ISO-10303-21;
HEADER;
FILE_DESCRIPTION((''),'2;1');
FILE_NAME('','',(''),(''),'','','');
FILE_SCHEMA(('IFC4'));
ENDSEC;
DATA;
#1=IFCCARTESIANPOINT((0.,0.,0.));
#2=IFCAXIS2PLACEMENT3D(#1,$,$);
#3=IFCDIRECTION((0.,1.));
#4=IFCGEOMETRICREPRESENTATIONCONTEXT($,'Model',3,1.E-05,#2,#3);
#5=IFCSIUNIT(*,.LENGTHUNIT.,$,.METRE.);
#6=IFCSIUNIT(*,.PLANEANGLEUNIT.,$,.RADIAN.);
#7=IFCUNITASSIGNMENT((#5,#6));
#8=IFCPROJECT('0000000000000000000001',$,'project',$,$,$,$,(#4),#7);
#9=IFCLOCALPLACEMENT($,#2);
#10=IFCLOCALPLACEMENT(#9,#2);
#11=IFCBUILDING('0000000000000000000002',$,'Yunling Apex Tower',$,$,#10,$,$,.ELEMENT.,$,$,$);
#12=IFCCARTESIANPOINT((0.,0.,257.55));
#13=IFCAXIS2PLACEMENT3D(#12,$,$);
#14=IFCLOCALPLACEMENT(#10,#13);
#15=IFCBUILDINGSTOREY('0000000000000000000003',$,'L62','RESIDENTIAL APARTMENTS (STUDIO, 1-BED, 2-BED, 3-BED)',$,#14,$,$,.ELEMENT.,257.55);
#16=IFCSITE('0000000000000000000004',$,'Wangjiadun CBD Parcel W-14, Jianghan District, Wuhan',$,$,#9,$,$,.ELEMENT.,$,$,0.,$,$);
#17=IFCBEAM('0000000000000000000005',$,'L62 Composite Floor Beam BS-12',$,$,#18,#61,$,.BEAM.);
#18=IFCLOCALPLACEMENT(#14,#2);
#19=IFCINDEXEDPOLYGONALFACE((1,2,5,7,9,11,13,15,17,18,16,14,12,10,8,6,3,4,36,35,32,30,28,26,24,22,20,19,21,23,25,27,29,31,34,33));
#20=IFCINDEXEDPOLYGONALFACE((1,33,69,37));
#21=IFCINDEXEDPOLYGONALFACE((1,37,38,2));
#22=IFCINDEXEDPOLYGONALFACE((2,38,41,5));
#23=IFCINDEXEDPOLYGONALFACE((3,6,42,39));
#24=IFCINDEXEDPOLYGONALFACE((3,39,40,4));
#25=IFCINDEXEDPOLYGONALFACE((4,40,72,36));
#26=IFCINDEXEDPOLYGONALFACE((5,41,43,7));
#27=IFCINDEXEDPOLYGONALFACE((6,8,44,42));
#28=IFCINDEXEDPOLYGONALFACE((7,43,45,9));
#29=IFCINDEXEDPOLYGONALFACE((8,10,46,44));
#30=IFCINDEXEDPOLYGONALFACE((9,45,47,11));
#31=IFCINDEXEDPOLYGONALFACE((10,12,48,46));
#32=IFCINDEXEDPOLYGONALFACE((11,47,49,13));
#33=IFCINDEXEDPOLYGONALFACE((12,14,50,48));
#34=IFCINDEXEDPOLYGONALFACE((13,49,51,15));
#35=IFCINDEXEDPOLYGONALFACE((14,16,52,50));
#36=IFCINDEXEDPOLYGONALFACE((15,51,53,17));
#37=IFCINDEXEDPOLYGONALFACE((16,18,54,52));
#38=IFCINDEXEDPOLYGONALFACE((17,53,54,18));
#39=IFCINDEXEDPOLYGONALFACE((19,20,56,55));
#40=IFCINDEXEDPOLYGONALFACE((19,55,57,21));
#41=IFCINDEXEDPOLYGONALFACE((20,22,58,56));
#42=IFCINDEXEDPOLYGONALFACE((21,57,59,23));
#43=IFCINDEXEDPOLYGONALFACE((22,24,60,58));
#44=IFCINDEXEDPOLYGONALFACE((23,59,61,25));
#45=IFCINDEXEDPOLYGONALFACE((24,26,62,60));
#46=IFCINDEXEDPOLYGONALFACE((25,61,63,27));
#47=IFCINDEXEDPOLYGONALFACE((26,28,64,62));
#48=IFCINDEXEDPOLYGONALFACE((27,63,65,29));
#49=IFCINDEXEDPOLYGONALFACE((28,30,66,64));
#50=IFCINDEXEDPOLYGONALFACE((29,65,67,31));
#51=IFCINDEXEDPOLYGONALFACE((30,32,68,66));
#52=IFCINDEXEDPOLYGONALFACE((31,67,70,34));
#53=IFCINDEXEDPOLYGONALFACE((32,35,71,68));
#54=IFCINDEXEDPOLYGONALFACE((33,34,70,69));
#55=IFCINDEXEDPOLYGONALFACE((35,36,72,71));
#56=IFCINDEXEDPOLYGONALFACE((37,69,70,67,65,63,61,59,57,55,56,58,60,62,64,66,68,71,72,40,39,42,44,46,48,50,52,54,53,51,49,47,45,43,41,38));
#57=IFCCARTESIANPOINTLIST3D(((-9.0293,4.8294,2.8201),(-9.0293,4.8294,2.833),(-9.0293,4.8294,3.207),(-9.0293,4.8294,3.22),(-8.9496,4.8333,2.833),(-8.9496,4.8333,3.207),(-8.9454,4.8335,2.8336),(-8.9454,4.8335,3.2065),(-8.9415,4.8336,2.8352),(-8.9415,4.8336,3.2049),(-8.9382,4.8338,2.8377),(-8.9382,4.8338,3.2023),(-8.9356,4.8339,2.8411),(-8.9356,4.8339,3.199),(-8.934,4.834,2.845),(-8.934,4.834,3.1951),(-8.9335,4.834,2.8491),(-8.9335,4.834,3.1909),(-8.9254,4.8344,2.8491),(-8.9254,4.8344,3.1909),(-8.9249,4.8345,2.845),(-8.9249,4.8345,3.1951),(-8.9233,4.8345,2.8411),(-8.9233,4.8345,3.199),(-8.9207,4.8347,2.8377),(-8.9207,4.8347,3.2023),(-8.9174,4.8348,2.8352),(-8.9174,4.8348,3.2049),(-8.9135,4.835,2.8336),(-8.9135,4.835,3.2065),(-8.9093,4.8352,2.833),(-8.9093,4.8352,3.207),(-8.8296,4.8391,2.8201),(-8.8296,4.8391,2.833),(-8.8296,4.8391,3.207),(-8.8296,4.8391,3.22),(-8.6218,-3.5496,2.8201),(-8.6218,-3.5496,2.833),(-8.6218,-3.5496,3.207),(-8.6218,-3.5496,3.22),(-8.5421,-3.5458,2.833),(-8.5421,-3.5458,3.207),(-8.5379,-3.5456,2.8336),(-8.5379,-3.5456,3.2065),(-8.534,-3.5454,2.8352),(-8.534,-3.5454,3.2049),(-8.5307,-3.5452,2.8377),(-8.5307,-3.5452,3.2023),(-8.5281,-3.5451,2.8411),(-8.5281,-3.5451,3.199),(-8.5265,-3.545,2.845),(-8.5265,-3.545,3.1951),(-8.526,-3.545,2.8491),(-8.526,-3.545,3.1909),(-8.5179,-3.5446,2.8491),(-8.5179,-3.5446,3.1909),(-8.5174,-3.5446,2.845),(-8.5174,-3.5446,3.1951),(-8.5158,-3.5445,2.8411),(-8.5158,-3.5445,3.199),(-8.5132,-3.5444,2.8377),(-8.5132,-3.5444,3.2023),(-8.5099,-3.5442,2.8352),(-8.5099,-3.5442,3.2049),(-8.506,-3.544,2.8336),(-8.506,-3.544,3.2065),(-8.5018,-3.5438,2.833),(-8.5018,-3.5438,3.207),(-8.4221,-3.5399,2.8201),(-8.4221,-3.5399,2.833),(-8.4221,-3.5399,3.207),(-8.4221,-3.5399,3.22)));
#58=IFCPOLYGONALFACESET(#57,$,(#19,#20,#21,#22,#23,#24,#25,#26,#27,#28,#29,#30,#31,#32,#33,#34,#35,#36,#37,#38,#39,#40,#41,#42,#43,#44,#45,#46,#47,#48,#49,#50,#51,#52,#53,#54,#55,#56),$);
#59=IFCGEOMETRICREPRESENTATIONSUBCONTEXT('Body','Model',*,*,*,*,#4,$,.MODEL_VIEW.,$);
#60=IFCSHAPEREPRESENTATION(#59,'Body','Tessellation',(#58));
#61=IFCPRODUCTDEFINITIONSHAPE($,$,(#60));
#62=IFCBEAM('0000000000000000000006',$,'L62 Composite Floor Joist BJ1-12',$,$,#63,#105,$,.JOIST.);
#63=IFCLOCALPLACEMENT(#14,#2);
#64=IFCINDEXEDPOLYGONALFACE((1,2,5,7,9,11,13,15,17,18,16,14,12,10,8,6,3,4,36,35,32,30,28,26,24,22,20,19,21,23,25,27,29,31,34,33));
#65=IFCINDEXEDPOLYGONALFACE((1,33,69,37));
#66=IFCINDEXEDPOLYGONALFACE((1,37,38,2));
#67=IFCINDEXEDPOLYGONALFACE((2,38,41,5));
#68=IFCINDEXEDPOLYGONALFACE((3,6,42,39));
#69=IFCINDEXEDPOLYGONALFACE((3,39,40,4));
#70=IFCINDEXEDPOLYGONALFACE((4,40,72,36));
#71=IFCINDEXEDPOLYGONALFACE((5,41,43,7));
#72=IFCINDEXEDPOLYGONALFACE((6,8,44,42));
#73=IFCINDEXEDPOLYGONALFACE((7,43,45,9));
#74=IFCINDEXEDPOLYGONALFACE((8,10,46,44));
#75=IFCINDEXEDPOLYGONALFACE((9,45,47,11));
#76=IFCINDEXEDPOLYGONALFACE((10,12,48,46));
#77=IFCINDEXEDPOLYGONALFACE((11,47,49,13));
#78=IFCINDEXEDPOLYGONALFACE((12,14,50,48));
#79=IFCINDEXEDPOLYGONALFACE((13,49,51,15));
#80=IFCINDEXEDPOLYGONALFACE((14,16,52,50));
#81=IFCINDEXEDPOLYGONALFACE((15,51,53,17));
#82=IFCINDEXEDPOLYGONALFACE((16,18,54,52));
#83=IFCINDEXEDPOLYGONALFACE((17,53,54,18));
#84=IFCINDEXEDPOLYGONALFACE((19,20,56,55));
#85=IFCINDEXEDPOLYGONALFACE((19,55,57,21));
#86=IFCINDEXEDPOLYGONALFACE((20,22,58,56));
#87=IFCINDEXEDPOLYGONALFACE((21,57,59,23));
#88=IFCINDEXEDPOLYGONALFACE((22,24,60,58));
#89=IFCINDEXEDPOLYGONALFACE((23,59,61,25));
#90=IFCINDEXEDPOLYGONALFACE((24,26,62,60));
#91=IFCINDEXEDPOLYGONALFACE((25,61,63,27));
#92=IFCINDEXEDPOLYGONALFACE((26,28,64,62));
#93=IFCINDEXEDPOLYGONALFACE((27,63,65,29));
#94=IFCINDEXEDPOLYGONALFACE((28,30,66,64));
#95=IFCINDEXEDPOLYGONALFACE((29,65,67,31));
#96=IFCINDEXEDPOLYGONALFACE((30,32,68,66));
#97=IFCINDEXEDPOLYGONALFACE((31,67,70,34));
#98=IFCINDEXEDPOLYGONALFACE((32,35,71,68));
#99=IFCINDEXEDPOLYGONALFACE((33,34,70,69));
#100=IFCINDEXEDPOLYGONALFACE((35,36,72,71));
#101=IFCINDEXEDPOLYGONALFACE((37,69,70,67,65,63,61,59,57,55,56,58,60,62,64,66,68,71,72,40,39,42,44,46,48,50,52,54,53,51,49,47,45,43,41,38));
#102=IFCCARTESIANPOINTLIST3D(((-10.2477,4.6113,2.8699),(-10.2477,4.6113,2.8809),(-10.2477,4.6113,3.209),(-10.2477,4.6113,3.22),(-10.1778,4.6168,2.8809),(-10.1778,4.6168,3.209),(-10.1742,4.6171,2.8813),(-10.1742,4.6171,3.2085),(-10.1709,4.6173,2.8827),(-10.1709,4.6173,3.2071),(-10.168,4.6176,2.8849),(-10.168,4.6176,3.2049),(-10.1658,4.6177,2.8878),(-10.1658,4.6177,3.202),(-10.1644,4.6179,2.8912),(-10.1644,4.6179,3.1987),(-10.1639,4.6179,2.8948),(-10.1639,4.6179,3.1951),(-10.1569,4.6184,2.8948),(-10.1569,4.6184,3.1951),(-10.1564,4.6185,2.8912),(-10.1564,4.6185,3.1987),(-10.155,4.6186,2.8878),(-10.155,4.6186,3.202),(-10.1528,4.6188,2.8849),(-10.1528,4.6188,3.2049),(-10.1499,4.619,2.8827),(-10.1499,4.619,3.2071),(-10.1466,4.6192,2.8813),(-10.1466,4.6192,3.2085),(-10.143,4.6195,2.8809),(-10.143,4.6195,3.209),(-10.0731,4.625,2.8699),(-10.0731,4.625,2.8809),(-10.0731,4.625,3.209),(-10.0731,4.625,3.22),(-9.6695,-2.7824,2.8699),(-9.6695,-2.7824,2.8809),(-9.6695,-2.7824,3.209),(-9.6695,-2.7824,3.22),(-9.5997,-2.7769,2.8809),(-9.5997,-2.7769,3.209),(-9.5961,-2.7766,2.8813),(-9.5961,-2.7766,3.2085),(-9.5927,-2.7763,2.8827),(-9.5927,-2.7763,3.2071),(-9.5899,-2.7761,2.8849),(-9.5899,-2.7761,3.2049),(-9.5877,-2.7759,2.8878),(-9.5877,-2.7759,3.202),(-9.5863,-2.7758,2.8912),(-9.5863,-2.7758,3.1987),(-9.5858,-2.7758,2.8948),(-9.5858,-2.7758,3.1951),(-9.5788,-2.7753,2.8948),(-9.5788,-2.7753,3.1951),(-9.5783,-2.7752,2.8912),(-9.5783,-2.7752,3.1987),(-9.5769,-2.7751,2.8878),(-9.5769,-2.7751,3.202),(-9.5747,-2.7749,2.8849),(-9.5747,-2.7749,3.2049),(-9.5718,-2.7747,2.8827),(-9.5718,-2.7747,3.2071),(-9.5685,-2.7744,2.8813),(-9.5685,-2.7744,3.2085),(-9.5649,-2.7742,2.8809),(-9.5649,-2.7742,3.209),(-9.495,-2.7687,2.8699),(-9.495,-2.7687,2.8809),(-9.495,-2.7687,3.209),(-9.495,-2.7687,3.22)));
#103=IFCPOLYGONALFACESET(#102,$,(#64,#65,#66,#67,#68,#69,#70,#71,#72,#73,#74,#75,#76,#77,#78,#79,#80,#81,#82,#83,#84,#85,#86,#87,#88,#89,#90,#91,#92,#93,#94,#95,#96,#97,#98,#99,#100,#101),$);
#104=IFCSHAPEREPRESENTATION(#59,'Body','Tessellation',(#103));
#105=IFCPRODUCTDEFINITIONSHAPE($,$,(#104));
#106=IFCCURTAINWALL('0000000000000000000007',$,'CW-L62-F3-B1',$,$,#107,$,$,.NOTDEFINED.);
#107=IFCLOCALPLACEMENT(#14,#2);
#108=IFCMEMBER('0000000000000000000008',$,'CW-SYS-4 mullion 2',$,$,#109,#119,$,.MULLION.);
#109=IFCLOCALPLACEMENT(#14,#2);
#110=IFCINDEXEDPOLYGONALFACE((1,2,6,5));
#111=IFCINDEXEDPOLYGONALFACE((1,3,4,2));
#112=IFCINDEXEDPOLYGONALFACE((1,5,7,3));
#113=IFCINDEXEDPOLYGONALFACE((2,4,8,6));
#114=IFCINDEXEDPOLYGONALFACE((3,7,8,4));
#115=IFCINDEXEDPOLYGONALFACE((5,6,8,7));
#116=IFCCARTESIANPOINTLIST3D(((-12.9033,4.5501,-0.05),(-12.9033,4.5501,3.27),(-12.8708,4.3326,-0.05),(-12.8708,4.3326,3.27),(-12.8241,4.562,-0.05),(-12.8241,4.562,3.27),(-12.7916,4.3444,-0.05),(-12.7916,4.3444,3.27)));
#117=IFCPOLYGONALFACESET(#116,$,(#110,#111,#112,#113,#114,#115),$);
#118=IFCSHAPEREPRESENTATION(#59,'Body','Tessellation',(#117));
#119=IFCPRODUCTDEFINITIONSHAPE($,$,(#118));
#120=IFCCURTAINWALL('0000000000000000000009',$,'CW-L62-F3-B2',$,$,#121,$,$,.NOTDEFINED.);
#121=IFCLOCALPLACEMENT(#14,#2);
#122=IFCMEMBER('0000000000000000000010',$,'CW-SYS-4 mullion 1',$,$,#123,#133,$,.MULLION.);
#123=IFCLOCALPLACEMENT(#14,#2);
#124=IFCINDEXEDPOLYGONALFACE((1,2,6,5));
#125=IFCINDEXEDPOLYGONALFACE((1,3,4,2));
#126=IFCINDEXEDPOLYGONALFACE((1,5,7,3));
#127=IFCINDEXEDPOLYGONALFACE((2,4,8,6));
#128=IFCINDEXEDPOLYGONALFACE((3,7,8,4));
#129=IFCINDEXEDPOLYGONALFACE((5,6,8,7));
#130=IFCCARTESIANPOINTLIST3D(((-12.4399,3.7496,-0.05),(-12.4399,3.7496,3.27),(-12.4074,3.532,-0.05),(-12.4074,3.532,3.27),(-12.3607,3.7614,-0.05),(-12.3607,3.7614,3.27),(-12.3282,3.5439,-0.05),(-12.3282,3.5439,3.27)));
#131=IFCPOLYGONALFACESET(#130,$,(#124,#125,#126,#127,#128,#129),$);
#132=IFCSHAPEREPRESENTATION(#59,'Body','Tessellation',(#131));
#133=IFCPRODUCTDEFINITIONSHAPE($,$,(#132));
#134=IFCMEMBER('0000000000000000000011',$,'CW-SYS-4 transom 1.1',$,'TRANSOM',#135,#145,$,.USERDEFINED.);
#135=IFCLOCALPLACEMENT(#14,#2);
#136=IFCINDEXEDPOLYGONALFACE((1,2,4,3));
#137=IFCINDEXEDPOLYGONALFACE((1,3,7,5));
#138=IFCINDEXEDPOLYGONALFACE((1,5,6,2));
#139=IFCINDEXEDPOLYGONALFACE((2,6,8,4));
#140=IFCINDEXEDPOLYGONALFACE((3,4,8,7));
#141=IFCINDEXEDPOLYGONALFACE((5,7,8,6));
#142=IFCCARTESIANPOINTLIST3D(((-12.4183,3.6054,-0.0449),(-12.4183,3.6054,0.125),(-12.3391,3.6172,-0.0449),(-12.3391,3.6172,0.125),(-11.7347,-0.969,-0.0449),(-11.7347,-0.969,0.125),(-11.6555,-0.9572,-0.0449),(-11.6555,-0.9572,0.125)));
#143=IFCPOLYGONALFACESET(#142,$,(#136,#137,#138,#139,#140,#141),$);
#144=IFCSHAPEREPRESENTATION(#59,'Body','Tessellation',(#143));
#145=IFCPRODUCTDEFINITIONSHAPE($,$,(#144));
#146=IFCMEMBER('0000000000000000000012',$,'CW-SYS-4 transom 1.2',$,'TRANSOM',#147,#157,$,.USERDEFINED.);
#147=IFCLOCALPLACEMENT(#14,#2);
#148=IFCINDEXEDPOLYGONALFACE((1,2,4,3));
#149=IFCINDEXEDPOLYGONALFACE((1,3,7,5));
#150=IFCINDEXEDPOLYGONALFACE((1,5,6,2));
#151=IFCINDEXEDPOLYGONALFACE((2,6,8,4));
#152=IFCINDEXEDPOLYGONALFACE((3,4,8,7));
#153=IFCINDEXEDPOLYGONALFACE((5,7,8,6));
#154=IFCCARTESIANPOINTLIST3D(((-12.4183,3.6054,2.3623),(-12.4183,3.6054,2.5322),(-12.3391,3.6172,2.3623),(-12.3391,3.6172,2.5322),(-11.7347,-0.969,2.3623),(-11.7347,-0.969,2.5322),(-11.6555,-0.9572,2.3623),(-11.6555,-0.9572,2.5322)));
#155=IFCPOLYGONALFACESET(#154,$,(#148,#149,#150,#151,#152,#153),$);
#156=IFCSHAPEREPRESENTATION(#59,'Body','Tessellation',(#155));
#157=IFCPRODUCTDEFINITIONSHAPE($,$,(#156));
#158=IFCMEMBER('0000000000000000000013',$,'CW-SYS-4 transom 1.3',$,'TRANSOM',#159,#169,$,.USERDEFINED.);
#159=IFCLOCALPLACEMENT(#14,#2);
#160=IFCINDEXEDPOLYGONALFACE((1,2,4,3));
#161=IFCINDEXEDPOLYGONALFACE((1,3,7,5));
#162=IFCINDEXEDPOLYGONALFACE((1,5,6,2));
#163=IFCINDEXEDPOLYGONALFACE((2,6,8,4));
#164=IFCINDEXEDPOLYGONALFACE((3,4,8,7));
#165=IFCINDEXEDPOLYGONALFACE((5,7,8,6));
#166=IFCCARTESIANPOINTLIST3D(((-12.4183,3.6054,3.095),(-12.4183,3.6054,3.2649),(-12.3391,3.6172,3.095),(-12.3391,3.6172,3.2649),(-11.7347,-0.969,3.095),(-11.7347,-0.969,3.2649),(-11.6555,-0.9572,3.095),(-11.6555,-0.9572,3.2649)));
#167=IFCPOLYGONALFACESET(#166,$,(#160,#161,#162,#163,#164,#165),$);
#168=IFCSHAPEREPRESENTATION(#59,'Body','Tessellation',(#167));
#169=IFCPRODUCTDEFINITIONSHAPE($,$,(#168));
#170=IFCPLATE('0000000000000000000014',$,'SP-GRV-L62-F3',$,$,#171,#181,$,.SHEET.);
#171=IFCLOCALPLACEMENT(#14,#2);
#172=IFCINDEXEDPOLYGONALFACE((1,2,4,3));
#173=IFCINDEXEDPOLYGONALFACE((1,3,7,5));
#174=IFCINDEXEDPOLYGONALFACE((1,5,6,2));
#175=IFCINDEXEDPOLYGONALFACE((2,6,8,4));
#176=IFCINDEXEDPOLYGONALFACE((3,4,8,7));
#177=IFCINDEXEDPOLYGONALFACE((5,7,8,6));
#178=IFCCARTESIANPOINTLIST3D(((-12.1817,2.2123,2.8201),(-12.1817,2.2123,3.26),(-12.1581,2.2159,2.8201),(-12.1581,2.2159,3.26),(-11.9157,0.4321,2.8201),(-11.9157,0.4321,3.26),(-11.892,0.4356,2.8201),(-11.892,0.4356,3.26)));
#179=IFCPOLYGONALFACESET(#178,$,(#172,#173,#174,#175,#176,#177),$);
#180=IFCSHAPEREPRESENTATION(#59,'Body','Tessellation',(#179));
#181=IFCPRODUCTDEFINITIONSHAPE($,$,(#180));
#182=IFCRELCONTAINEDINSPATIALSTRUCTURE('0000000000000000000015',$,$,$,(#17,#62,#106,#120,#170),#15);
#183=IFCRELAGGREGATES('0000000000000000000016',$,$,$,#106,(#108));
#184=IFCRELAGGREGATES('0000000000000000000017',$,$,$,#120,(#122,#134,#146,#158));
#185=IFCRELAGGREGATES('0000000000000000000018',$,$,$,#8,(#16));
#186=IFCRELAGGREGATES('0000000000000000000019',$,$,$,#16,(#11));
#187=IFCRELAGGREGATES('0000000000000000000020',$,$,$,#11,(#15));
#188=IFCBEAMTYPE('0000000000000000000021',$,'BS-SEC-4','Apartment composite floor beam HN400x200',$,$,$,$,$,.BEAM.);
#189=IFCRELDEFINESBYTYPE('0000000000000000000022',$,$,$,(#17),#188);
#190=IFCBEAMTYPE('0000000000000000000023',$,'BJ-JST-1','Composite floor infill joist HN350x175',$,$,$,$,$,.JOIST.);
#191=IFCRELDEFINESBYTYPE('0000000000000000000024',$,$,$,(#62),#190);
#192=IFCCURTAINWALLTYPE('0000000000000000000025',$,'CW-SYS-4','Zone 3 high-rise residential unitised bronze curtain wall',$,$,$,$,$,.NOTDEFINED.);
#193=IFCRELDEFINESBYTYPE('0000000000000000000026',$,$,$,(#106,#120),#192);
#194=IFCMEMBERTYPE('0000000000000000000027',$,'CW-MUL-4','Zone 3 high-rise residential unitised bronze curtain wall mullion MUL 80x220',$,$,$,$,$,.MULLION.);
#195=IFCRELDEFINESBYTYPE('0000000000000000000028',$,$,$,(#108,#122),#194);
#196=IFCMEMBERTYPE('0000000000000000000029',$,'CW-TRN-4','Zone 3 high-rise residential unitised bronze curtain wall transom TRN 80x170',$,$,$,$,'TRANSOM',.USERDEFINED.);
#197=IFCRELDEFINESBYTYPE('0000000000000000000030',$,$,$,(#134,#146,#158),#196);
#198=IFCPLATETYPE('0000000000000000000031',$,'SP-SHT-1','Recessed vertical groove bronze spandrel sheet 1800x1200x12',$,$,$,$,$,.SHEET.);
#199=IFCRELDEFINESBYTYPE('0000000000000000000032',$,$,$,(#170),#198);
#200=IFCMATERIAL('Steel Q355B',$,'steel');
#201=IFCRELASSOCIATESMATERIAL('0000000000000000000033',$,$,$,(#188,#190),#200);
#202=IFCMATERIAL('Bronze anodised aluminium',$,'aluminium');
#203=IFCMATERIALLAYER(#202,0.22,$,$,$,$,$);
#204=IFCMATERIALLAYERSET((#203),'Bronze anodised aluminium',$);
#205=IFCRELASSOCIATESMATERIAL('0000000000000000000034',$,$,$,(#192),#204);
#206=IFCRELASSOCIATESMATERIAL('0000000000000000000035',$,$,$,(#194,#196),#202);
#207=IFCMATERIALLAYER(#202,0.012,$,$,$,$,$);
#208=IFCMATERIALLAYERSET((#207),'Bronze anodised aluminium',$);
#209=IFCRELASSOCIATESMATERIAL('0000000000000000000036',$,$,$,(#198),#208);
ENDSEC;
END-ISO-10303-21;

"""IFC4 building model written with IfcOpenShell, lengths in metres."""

from ifc_helpers import new_model, si_unit, direction, frame, origin, origin_2d, place, context, subcontext, project, spatial, rectangle, i_section, extrude, source, transform, mapped, material, layer, layer_set, material_profile, profile_set, type_object, element, aggregate, save


model = new_model("IFC4")

# Units and contexts
model_context = context("Model", 3, precision=1e-05, world=origin(), true_north=direction((0.0, 1.0)))
body_context = subcontext(model_context, "Body", "Model", "MODEL_VIEW")
ifc_project = project(units=[si_unit("LENGTHUNIT", "METRE"), si_unit("PLANEANGLEUNIT", "RADIAN")], contexts=[model_context])

# Site, building, storey
site_placement = place(None, origin())
site = spatial("IfcSite", under=ifc_project, at=site_placement, Name="Wangjiadun CBD Parcel W-14, Jianghan District, Wuhan", CompositionType="ELEMENT", RefElevation=0.0)
building_placement = place(site_placement, origin())
building = spatial("IfcBuilding", under=site, at=building_placement, Name="Yunling Apex Tower", CompositionType="ELEMENT")
storey_placement = place(building_placement, frame((0.0, 0.0, 257.55)))
storey = spatial("IfcBuildingStorey", under=building, at=storey_placement, Name="L62", Description="RESIDENTIAL APARTMENTS (STUDIO, 1-BED, 2-BED, 3-BED)", CompositionType="ELEMENT", Elevation=257.55)

# Shared definitions
ifc_material_1 = material(Name="Steel Q355B", Category="steel")

# Beams
ifc_material_profile_1 = material_profile(ifc_material_1, i_section(OverallWidth=0.2, OverallDepth=0.3999, WebThickness=0.0081, FlangeThickness=0.0129, FilletRadius=0.0161, at=origin_2d()))
ifc_profile_set_1 = profile_set([ifc_material_profile_1], Name="Steel Q355B")
beam_type_1 = type_object("IfcBeamType", Name="BS-SEC-4", Description="Apartment composite floor beam HN400x200", PredefinedType="BEAM", material=ifc_profile_set_1)
shared_shape_1 = source(origin(), body_context, "Body", "SweptSolid", [
    extrude(i_section(OverallWidth=0.2, OverallDepth=0.3999, WebThickness=0.0081, FlangeThickness=0.0129, FilletRadius=0.0161, at=origin_2d()), origin(), (0.0, 0.0, 1.0), 8.3889),
])
beam_1_placement = place(storey_placement, frame((-8.9294, 4.8342, 3.02), z_axis=(0.048573, -0.99882, 0.0), x_axis=(0.99882, 0.048573, 0.0)))
element("IfcBeam", 1, at=beam_1_placement, inside=storey, type_object=beam_type_1, Name="L62 Composite Floor Beam BS-12", PredefinedType="BEAM", context=body_context, shape_type="MappedRepresentation", body=[
    mapped(shared_shape_1, transform((0.0, 0.0, 0.0), scale=1.0)),
])
ifc_material_profile_2 = material_profile(ifc_material_1, i_section(OverallWidth=0.175, OverallDepth=0.3501, WebThickness=0.0071, FlangeThickness=0.011, FilletRadius=0.0139, at=origin_2d()))
ifc_profile_set_2 = profile_set([ifc_material_profile_2], Name="Steel Q355B")
beam_type_2 = type_object("IfcBeamType", Name="BJ-JST-1", Description="Composite floor infill joist HN350x175", PredefinedType="JOIST", material=ifc_profile_set_2)
shared_shape_2 = source(origin(), body_context, "Body", "SweptSolid", [
    extrude(i_section(OverallWidth=0.175, OverallDepth=0.3501, WebThickness=0.0071, FlangeThickness=0.011, FilletRadius=0.0139, at=origin_2d()), origin(), (0.0, 0.0, 1.0), 7.4163),
])
beam_2_placement = place(storey_placement, frame((-10.1604, 4.6182, 3.0449), z_axis=(0.077953, -0.996957, 0.0), x_axis=(0.996957, 0.077953, 0.0)))
element("IfcBeam", 2, at=beam_2_placement, inside=storey, type_object=beam_type_2, Name="L62 Composite Floor Joist BJ1-12", PredefinedType="JOIST", context=body_context, shape_type="MappedRepresentation", body=[
    mapped(shared_shape_2, transform((0.0, 0.0, 0.0), scale=1.0)),
])

# Curtain wall, member
ifc_material_2 = material(Name="Bronze anodised aluminium", Category="aluminium")
ifc_layer_1 = layer(ifc_material_2, 0.22)
ifc_layer_set_1 = layer_set([ifc_layer_1], Name="Bronze anodised aluminium")
curtain_wall_type = type_object("IfcCurtainWallType", Name="CW-SYS-4", Description="Zone 3 high-rise residential unitised bronze curtain wall", PredefinedType="NOTDEFINED", material=ifc_layer_set_1)
curtain_wall_1_placement = place(storey_placement, origin())
curtain_wall_1 = element("IfcCurtainWall", 3, at=curtain_wall_1_placement, inside=storey, type_object=curtain_wall_type, Name="CW-L62-F3-B1", PredefinedType="NOTDEFINED")
ifc_material_profile_3 = material_profile(ifc_material_2, rectangle(XDim=0.0801, YDim=0.22, at=origin_2d()))
ifc_profile_set_3 = profile_set([ifc_material_profile_3], Name="Bronze anodised aluminium")
member_type_1 = type_object("IfcMemberType", Name="CW-MUL-4", Description="Zone 3 high-rise residential unitised bronze curtain wall mullion MUL 80x220", PredefinedType="MULLION", material=ifc_profile_set_3)
shared_shape_3 = source(origin(), body_context, "Body", "SweptSolid", [
    extrude(rectangle(XDim=0.0801, YDim=0.22, at=origin_2d()), origin(), (0.0, 0.0, 1.0), 3.3201),
])
member_1_placement = place(storey_placement, frame((-12.8474, 4.4473, -0.05), z_axis=(0.0, 0.0, 1.0), x_axis=(0.989016, 0.147807, 0.0)))
member_1 = element("IfcMember", 4, at=member_1_placement, type_object=member_type_1, Name="CW-SYS-4 mullion 2", PredefinedType="MULLION", context=body_context, shape_type="MappedRepresentation", body=[
    mapped(shared_shape_3, transform((0.0, 0.0, 0.0), scale=1.0)),
])
aggregate(curtain_wall_1, [member_1])

# Curtain wall, members
curtain_wall_2_placement = place(storey_placement, origin())
curtain_wall_2 = element("IfcCurtainWall", 5, at=curtain_wall_2_placement, inside=storey, type_object=curtain_wall_type, Name="CW-L62-F3-B2", PredefinedType="NOTDEFINED")
member_2_placement = place(storey_placement, frame((-12.384, 3.6467, -0.05), z_axis=(0.0, 0.0, 1.0), x_axis=(0.989017, 0.147804, 0.0)))
member_2 = element("IfcMember", 6, at=member_2_placement, type_object=member_type_1, Name="CW-SYS-4 mullion 1", PredefinedType="MULLION", context=body_context, shape_type="MappedRepresentation", body=[
    mapped(shared_shape_3, transform((0.0, 0.0, 0.0), scale=1.0)),
])
ifc_material_profile_4 = material_profile(ifc_material_2, rectangle(XDim=0.0801, YDim=0.1699, at=origin_2d()))
ifc_profile_set_4 = profile_set([ifc_material_profile_4], Name="Bronze anodised aluminium")
member_type_2 = type_object("IfcMemberType", Name="CW-TRN-4", Description="Zone 3 high-rise residential unitised bronze curtain wall transom TRN 80x170", ElementType="TRANSOM", PredefinedType="USERDEFINED", material=ifc_profile_set_4)
shared_shape_4 = source(origin(), body_context, "Body", "SweptSolid", [
    extrude(rectangle(XDim=0.0801, YDim=0.1699, at=origin_2d()), origin(), (0.0, 0.0, 1.0), 4.6252),
])
member_3_placement = place(storey_placement, frame((-12.3787, 3.6113, 0.04), z_axis=(0.147796, -0.989018, 0.0), x_axis=(0.989018, 0.147796, 0.0)))
member_3 = element("IfcMember", 7, at=member_3_placement, type_object=member_type_2, Name="CW-SYS-4 transom 1.1", ObjectType="TRANSOM", PredefinedType="USERDEFINED", context=body_context, shape_type="MappedRepresentation", body=[
    mapped(shared_shape_4, transform((0.0, 0.0, 0.0), scale=1.0)),
])
member_4_placement = place(storey_placement, frame((-12.3787, 3.6113, 2.4473), z_axis=(0.147796, -0.989018, 0.0), x_axis=(0.989018, 0.147796, 0.0)))
member_4 = element("IfcMember", 8, at=member_4_placement, type_object=member_type_2, Name="CW-SYS-4 transom 1.2", ObjectType="TRANSOM", PredefinedType="USERDEFINED", context=body_context, shape_type="MappedRepresentation", body=[
    mapped(shared_shape_4, transform((0.0, 0.0, 0.0), scale=1.0)),
])
member_5_placement = place(storey_placement, frame((-12.3787, 3.6113, 3.1799), z_axis=(0.147796, -0.989018, 0.0), x_axis=(0.989018, 0.147796, 0.0)))
member_5 = element("IfcMember", 9, at=member_5_placement, type_object=member_type_2, Name="CW-SYS-4 transom 1.3", ObjectType="TRANSOM", PredefinedType="USERDEFINED", context=body_context, shape_type="MappedRepresentation", body=[
    mapped(shared_shape_4, transform((0.0, 0.0, 0.0), scale=1.0)),
])

# Plate
ifc_layer_2 = layer(ifc_material_2, 0.012)
ifc_layer_set_2 = layer_set([ifc_layer_2], Name="Bronze anodised aluminium")
plate_type_1 = type_object("IfcPlateType", Name="SP-SHT-1", Description="Recessed vertical groove bronze spandrel sheet 1800x1200x12", PredefinedType="SHEET", material=ifc_layer_set_2)
shared_shape_5 = source(origin(), body_context, "Body", "SweptSolid", [
    extrude(rectangle(XDim=1.8, YDim=0.0239, at=origin_2d()), origin(), (0.0, 0.0, 1.0), 0.4399),
])
plate_1_placement = place(storey_placement, frame((-12.0369, 1.324, 2.8201), z_axis=(0.0, 0.0, 1.0), x_axis=(0.147809, -0.989016, 0.0)))
element("IfcPlate", 10, at=plate_1_placement, inside=storey, type_object=plate_type_1, Name="SP-GRV-L62-F3", PredefinedType="SHEET", context=body_context, shape_type="MappedRepresentation", body=[
    mapped(shared_shape_5, transform((0.0, 0.0, 0.0), scale=1.0)),
])
aggregate(curtain_wall_2, [member_2, member_3, member_4, member_5])

save(model, "model.ifc")
